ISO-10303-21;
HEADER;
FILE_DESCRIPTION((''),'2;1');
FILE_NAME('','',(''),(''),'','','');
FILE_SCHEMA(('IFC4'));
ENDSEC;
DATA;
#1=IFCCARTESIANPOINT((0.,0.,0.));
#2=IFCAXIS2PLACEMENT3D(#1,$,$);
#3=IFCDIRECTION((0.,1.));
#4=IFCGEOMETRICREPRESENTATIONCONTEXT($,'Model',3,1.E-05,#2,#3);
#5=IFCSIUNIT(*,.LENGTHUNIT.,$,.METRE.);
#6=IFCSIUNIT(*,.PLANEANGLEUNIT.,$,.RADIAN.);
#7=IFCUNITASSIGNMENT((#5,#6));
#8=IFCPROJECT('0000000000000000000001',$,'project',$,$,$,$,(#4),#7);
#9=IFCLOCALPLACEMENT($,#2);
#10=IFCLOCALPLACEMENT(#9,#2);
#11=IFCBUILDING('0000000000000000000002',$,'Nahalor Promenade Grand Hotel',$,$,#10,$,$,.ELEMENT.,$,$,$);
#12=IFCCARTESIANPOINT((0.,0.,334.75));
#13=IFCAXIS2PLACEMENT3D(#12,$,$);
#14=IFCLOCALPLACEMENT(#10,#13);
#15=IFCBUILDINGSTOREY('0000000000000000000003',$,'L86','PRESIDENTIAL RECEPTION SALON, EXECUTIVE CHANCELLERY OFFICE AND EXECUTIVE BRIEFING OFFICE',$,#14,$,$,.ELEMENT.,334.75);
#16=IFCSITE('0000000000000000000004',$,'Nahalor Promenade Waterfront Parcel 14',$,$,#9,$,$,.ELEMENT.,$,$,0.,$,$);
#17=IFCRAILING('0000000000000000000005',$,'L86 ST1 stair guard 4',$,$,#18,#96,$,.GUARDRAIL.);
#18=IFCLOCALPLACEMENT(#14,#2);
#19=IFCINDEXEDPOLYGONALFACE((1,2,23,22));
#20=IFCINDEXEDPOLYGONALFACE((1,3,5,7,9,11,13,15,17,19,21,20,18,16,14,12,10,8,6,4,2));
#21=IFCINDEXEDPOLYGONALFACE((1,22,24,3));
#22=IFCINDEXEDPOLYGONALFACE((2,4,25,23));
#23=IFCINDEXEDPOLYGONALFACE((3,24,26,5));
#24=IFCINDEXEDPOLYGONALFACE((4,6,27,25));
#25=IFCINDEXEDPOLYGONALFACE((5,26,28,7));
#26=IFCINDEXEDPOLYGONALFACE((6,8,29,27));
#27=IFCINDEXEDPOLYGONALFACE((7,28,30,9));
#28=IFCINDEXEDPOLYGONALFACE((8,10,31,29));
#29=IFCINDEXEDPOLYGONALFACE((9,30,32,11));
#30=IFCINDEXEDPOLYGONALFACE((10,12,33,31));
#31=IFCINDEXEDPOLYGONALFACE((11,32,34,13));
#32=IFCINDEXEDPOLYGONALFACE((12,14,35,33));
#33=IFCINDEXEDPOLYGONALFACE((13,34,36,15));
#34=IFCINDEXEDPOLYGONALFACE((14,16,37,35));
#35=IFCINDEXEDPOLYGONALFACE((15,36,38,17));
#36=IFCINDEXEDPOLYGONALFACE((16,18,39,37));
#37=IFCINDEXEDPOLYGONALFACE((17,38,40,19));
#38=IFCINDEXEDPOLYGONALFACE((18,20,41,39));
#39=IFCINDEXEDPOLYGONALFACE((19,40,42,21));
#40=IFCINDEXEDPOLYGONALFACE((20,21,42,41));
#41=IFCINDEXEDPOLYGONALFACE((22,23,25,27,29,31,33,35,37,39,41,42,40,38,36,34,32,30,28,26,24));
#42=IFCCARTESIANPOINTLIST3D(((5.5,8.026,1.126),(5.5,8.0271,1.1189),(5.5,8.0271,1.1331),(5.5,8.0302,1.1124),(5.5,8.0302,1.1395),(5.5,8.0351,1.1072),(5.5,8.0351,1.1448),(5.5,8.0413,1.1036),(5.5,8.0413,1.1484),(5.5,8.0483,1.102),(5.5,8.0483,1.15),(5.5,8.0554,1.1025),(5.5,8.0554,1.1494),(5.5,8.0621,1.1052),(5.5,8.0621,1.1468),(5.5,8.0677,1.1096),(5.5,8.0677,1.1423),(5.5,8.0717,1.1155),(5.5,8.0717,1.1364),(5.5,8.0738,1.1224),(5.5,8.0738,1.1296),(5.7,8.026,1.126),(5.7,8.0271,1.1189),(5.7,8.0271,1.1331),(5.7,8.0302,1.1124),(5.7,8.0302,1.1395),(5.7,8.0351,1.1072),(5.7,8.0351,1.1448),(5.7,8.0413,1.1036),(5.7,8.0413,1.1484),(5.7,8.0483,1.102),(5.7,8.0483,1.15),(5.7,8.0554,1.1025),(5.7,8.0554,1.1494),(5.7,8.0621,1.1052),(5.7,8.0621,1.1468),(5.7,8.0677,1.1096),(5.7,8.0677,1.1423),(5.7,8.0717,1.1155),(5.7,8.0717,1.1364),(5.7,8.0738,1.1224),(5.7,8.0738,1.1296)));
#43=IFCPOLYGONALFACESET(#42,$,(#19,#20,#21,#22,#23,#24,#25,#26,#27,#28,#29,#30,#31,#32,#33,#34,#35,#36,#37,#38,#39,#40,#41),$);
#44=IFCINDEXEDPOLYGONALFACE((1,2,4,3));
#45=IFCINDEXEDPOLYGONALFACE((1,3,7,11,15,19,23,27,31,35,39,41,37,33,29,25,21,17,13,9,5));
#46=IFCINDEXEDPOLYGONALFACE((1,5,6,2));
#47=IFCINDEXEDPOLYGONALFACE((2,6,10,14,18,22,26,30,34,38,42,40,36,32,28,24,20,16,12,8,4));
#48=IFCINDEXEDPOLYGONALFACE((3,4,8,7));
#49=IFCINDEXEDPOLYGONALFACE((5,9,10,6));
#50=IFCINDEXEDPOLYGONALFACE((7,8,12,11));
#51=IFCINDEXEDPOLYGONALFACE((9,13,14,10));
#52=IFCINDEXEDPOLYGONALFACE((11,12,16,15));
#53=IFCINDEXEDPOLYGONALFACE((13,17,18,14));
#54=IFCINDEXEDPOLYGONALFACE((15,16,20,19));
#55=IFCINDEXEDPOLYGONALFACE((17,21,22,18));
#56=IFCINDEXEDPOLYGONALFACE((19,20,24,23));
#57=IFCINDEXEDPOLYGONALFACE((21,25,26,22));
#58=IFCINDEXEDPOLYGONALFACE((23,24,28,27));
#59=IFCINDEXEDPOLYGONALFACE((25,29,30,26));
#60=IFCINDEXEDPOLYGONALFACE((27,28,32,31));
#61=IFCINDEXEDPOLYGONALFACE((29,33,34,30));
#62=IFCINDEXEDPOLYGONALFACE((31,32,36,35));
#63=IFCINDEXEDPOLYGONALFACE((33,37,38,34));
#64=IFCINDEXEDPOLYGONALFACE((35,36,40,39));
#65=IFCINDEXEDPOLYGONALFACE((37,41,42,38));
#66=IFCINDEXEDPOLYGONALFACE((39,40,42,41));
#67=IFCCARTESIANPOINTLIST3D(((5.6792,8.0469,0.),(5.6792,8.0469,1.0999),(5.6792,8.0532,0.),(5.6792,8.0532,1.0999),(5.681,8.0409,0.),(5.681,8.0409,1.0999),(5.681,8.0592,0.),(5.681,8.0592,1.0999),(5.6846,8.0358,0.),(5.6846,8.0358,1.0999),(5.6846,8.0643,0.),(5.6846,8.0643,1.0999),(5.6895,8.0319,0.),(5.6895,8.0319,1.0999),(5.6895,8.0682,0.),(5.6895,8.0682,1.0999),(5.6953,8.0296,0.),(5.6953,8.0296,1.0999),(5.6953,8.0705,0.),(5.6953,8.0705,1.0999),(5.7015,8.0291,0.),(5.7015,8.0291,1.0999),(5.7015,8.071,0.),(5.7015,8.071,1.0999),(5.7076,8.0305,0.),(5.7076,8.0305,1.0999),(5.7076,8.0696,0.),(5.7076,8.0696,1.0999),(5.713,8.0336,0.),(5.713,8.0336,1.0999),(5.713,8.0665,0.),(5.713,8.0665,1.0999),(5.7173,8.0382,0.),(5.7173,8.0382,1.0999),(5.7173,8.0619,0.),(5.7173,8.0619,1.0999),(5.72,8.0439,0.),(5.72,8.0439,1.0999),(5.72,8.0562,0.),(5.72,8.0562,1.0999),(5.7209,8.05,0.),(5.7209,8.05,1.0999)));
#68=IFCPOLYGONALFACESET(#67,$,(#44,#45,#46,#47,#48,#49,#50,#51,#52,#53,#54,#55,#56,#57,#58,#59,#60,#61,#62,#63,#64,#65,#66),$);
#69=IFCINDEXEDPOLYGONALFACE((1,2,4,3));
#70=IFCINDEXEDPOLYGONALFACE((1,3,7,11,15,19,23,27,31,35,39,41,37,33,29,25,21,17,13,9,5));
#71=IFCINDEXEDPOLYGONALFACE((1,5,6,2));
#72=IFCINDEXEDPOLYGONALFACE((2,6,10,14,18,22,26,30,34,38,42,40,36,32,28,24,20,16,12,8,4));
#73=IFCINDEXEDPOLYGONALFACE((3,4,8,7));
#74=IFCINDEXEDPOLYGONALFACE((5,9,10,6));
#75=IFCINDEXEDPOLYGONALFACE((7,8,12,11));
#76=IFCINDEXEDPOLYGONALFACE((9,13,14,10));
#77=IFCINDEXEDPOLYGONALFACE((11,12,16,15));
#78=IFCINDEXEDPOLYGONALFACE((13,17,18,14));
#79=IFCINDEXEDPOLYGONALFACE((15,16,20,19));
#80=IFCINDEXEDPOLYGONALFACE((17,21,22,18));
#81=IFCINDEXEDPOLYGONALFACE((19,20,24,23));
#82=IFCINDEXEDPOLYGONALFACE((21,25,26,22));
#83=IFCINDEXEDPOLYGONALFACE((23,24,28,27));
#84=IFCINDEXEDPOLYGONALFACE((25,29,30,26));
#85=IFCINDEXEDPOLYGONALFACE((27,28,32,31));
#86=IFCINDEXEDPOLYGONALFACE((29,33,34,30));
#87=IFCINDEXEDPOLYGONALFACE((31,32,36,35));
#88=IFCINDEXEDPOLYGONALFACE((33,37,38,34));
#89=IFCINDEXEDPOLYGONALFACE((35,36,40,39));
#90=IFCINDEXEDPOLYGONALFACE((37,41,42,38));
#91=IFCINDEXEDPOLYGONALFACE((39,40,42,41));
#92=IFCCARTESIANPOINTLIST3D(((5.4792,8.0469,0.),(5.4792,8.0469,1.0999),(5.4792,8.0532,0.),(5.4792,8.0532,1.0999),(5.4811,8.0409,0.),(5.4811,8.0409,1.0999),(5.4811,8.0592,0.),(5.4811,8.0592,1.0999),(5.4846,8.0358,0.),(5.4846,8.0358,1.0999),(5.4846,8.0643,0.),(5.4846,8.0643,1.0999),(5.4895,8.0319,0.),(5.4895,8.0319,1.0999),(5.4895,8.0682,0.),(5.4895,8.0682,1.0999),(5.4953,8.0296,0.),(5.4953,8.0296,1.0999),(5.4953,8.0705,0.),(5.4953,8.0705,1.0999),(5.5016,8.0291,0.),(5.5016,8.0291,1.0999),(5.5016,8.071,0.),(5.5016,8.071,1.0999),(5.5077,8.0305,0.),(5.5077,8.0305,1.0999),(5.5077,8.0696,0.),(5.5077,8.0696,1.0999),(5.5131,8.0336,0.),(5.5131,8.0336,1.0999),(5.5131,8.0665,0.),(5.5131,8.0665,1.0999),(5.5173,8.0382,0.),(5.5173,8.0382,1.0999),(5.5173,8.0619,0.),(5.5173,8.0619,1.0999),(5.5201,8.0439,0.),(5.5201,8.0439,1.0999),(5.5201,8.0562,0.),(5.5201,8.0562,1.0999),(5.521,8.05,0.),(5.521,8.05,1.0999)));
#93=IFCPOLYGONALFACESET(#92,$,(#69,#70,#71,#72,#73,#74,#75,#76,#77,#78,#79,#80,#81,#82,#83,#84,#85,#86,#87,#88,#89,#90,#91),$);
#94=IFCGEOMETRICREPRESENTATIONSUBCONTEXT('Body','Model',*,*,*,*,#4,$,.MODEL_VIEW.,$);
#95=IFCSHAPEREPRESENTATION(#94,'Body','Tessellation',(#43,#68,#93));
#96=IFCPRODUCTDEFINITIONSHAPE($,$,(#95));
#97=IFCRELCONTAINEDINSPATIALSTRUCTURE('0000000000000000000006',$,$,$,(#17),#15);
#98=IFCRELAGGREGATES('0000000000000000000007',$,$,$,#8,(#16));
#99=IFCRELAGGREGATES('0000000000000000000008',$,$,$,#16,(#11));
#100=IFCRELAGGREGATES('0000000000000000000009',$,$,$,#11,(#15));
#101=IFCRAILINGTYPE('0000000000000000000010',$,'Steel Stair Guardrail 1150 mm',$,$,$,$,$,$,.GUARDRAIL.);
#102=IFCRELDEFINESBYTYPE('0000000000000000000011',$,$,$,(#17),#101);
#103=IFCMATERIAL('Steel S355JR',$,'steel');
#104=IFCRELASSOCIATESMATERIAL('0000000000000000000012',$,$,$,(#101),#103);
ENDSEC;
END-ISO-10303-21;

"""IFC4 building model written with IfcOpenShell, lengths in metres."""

from ifc_helpers import new_model, si_unit, direction, frame, origin, origin_2d, place, context, subcontext, project, spatial, circle, extrude, material, type_object, element, save


model = new_model("IFC4")

# Units and contexts
model_context = context("Model", 3, precision=1e-05, world=origin(), true_north=direction((0.0, 1.0)))
body_context = subcontext(model_context, "Body", "Model", "MODEL_VIEW")
ifc_project = project(units=[si_unit("LENGTHUNIT", "METRE"), si_unit("PLANEANGLEUNIT", "RADIAN")], contexts=[model_context])

# Site, building, storey
site_placement = place(None, origin())
site = spatial("IfcSite", under=ifc_project, at=site_placement, Name="Nahalor Promenade Waterfront Parcel 14", CompositionType="ELEMENT", RefElevation=0.0)
building_placement = place(site_placement, origin())
building = spatial("IfcBuilding", under=site, at=building_placement, Name="Nahalor Promenade Grand Hotel", CompositionType="ELEMENT")
storey_placement = place(building_placement, frame((0.0, 0.0, 334.75)))
storey = spatial("IfcBuildingStorey", under=building, at=storey_placement, Name="L86", Description="PRESIDENTIAL RECEPTION SALON, EXECUTIVE CHANCELLERY OFFICE AND EXECUTIVE BRIEFING OFFICE", CompositionType="ELEMENT", Elevation=334.75)

# Shared definitions
ifc_material_1 = material(Name="Steel S355JR", Category="steel")

# Railing
railing_type_1 = type_object("IfcRailingType", Name="Steel Stair Guardrail 1150 mm", PredefinedType="GUARDRAIL", material=ifc_material_1)
railing_1_placement = place(storey_placement, frame((5.7, 8.05, 0.0)))
element("IfcRailing", 1, at=railing_1_placement, inside=storey, type_object=railing_type_1, Name="L86 ST1 stair guard 4", PredefinedType="GUARDRAIL", context=body_context, shape_type="SweptSolid", body=[
    extrude(circle(Radius=0.024, at=origin_2d()), frame((0.0, 0.0, 1.126), z_axis=(-1.0, 0.0, 0.0), x_axis=(0.0, -1.0, 0.0)), (0.0, 0.0, 1.0), 0.2),
    extrude(circle(Radius=0.021, at=origin_2d()), origin(), (0.0, 0.0, 1.0), 1.0999),
    extrude(circle(Radius=0.021, at=origin_2d()), frame((-0.2, 0.0, 0.0)), (0.0, 0.0, 1.0), 1.0999),
])

save(model, "model.ifc")
